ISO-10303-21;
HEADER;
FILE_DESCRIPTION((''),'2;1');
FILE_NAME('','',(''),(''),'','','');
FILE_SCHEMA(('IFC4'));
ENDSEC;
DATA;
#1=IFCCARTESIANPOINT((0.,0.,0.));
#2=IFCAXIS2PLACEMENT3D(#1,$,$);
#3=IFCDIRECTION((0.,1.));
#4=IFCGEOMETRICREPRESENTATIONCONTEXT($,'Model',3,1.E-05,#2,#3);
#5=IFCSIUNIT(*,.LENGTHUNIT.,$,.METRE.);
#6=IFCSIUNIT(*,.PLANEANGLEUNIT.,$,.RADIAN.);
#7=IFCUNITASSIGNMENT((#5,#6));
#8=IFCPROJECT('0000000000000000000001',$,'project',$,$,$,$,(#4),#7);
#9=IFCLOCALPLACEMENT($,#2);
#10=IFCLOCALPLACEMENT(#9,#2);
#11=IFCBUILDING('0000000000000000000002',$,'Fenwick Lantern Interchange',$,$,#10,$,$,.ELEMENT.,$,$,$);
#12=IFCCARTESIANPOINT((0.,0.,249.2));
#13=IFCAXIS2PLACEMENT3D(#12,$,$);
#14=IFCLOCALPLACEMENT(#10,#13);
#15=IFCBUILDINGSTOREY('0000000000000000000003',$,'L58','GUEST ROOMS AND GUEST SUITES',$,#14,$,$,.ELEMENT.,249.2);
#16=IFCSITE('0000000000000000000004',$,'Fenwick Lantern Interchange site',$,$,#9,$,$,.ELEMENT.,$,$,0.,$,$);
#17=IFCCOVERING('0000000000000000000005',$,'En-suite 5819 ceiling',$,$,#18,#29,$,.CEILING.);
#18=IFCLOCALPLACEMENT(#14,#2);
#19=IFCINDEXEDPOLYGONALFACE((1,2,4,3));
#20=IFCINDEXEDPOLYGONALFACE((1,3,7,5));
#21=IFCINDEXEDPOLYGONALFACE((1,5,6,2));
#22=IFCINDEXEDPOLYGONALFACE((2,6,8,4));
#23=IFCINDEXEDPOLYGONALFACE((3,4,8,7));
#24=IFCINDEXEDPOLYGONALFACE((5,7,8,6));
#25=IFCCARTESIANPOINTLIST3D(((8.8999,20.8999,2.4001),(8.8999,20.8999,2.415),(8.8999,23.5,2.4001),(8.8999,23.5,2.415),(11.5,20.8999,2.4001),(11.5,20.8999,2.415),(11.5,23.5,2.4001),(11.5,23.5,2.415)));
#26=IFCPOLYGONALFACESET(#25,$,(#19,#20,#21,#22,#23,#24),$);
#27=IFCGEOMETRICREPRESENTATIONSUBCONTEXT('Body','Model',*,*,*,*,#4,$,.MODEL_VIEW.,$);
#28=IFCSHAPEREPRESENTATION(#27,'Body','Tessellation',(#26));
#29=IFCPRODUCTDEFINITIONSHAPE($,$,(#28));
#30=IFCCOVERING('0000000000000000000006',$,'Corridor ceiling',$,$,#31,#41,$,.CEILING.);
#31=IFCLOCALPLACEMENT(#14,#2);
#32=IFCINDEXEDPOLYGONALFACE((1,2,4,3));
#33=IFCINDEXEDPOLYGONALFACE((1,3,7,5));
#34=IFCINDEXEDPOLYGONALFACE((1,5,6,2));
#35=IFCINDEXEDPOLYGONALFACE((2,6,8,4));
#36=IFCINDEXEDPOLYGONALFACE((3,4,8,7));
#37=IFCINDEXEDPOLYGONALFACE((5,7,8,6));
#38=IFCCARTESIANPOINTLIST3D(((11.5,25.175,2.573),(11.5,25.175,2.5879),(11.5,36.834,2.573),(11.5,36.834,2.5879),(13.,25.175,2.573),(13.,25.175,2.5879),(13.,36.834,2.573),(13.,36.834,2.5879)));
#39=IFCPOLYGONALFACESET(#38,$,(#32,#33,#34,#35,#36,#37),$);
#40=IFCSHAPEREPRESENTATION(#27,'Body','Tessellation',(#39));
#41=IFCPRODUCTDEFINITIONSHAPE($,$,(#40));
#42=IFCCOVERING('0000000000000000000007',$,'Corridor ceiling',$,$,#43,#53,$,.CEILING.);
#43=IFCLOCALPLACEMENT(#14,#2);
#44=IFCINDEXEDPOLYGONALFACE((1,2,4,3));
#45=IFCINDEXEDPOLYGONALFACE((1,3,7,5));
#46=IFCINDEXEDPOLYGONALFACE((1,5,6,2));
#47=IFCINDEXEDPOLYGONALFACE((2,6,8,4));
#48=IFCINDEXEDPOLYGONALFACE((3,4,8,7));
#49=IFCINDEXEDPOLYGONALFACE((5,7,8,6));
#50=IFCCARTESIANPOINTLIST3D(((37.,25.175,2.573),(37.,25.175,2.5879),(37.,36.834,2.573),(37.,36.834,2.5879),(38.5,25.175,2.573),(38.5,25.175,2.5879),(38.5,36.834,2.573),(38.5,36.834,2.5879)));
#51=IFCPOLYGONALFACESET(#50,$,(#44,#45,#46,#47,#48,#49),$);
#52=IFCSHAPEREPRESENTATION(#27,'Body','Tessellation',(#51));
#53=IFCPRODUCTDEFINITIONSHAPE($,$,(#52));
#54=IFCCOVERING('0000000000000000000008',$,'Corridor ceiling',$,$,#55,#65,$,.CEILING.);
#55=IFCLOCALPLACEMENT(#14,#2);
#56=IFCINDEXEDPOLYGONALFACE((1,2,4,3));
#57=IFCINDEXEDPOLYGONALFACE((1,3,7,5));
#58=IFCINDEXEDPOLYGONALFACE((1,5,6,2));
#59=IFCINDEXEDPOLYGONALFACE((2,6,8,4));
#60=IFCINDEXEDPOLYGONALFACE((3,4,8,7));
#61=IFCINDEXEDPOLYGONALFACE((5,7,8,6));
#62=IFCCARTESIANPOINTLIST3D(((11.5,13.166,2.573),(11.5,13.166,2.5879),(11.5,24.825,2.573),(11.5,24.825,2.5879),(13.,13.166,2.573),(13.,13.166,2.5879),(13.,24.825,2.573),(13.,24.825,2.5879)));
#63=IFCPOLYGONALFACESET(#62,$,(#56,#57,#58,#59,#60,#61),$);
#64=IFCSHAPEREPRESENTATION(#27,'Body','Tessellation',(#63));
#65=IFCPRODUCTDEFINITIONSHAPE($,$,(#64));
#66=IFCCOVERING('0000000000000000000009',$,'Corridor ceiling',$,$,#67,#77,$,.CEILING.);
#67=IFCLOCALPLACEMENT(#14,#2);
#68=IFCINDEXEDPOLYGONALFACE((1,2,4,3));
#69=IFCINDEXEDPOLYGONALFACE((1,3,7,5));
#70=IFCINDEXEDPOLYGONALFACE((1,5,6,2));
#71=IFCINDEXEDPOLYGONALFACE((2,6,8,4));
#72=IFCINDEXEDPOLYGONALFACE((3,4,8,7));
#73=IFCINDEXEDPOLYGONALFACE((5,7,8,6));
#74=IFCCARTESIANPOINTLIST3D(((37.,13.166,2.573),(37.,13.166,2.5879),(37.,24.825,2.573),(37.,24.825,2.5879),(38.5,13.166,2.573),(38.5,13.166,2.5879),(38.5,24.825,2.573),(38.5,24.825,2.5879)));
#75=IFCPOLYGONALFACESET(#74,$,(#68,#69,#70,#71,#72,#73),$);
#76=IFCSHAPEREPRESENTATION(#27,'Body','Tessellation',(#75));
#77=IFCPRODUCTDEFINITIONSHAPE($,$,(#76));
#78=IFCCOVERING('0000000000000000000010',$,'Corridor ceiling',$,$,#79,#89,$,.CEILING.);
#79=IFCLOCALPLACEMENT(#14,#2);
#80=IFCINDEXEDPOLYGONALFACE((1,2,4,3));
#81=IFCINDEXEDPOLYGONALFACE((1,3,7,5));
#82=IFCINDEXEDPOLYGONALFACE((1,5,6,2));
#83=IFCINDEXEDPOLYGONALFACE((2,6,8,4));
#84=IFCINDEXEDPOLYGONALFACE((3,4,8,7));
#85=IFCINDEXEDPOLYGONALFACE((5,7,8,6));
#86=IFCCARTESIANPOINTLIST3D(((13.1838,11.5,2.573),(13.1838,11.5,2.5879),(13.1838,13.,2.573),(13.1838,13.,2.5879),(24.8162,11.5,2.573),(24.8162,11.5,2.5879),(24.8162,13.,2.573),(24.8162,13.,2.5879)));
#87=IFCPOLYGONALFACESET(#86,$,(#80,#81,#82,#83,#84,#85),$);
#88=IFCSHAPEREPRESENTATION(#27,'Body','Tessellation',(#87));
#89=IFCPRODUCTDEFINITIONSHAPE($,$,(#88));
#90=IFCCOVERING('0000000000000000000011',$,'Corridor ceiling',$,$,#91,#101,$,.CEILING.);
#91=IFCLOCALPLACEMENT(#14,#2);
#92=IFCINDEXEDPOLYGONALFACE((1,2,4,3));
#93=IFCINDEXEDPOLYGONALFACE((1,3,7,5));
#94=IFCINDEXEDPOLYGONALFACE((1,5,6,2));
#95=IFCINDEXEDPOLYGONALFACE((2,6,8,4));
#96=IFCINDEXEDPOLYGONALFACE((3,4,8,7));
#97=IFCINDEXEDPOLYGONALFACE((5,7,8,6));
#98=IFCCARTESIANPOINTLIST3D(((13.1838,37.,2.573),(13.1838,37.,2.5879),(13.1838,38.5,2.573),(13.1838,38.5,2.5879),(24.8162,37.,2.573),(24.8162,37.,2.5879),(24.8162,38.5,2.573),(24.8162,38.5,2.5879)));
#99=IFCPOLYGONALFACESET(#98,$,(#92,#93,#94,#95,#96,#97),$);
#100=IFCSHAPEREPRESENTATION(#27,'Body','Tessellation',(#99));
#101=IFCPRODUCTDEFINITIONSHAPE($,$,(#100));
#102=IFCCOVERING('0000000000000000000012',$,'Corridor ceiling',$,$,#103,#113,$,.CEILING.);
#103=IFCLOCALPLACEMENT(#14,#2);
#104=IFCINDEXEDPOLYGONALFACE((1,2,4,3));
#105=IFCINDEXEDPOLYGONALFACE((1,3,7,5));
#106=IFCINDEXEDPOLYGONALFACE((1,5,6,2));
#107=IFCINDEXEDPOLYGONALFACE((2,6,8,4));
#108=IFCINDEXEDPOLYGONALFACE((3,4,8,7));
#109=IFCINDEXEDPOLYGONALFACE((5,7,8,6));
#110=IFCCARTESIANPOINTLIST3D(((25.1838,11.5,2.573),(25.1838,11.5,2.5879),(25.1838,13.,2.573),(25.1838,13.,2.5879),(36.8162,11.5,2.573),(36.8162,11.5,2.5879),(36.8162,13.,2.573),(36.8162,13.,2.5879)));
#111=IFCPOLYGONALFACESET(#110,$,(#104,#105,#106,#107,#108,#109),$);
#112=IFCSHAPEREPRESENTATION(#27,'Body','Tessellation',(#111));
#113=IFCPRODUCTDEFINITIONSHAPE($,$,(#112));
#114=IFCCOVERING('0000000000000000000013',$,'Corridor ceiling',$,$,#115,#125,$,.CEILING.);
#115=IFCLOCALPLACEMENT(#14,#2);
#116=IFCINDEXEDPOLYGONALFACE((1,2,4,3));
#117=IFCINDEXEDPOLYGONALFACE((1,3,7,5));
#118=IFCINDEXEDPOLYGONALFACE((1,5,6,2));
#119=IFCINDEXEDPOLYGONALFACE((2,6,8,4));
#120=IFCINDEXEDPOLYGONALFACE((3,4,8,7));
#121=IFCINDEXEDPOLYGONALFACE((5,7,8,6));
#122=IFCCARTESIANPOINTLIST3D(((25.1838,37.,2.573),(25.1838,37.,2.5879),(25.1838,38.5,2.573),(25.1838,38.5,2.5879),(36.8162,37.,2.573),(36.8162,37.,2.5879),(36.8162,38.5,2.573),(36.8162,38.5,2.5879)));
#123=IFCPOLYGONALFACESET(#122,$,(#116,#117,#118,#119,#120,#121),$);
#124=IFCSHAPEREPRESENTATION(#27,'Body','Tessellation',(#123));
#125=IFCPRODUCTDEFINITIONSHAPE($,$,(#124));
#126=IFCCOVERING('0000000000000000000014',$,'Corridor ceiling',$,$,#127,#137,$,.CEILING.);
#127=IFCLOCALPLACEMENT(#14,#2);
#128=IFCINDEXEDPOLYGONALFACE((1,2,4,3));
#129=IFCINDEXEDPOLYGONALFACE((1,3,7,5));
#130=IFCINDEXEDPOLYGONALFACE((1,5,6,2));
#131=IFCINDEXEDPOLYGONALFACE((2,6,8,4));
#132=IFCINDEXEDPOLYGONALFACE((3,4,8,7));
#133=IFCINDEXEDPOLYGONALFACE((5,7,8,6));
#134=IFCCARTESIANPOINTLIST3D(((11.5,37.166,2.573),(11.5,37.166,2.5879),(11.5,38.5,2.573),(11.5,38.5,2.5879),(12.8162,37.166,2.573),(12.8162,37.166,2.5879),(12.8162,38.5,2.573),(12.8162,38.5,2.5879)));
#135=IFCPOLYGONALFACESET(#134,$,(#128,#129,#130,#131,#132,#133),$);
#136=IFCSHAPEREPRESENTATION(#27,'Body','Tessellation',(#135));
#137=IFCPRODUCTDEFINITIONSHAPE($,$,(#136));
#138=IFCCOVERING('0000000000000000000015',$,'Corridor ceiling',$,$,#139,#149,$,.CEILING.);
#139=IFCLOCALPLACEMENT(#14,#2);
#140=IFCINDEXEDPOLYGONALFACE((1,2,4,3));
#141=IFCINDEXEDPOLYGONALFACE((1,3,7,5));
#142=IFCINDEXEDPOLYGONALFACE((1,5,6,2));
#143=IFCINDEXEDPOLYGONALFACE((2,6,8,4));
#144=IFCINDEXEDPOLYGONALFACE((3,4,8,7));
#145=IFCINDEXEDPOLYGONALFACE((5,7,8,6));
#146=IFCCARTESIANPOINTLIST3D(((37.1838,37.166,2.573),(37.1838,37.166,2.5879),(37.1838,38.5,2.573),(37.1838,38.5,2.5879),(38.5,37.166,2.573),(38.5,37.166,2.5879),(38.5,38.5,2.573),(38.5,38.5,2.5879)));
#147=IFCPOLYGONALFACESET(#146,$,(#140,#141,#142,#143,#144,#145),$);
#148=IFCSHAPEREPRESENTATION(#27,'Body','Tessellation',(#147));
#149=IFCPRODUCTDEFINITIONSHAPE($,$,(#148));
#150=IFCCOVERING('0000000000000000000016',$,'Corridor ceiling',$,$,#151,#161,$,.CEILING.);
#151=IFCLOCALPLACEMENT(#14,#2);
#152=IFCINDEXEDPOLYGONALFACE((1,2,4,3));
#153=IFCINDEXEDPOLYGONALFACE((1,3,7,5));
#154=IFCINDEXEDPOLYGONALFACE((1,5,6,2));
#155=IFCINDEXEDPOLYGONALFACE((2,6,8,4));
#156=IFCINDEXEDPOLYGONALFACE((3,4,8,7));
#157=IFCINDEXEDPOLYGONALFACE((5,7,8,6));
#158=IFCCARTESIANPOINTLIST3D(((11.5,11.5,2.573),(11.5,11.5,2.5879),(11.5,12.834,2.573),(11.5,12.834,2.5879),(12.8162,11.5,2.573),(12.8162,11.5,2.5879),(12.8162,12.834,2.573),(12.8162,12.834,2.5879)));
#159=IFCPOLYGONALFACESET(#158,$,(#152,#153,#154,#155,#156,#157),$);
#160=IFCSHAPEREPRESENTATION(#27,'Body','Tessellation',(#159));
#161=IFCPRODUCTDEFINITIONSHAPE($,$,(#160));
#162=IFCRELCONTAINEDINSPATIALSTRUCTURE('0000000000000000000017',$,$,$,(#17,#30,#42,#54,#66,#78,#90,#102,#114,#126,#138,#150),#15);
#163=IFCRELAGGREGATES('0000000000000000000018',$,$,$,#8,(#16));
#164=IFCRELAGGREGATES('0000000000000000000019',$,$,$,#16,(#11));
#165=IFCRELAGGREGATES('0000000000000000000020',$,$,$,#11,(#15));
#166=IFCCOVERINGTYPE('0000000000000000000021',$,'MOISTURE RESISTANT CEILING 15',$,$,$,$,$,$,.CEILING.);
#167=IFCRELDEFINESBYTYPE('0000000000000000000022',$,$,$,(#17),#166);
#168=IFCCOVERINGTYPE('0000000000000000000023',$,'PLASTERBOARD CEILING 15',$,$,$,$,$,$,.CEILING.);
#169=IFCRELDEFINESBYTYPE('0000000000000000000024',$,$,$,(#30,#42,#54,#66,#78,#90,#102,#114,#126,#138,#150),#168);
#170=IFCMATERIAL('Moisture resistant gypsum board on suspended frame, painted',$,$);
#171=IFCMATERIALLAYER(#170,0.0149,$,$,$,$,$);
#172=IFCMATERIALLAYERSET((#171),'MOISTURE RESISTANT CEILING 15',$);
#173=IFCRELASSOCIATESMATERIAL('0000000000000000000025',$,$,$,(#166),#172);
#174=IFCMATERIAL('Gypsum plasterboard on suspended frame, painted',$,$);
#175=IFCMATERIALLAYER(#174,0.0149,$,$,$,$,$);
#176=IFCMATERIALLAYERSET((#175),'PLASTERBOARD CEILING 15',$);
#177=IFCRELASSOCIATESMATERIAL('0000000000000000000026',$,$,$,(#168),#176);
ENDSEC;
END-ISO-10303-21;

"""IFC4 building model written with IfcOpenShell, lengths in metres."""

from ifc_helpers import new_model, si_unit, direction, frame, origin, place, context, subcontext, project, spatial, polyline, outline, extrude, material, layer, layer_set, type_object, element, save


model = new_model("IFC4")

# Units and contexts
model_context = context("Model", 3, precision=1e-05, world=origin(), true_north=direction((0.0, 1.0)))
body_context = subcontext(model_context, "Body", "Model", "MODEL_VIEW")
ifc_project = project(units=[si_unit("LENGTHUNIT", "METRE"), si_unit("PLANEANGLEUNIT", "RADIAN")], contexts=[model_context])

# Site, building, storey
site_placement = place(None, origin())
site = spatial("IfcSite", under=ifc_project, at=site_placement, Name="Fenwick Lantern Interchange site", CompositionType="ELEMENT", RefElevation=0.0)
building_placement = place(site_placement, origin())
building = spatial("IfcBuilding", under=site, at=building_placement, Name="Fenwick Lantern Interchange", CompositionType="ELEMENT")
storey_placement = place(building_placement, frame((0.0, 0.0, 249.2)))
storey = spatial("IfcBuildingStorey", under=building, at=storey_placement, Name="L58", Description="GUEST ROOMS AND GUEST SUITES", CompositionType="ELEMENT", Elevation=249.2)

# Coverings
ifc_material_1 = material(Name="Moisture resistant gypsum board on suspended frame, painted")
ifc_layer_1 = layer(ifc_material_1, 0.0149)
ifc_layer_set_1 = layer_set([ifc_layer_1], Name="MOISTURE RESISTANT CEILING 15")
covering_type_1 = type_object("IfcCoveringType", Name="MOISTURE RESISTANT CEILING 15", PredefinedType="CEILING", material=ifc_layer_set_1)
covering_1_placement = place(storey_placement, frame((0.0, 0.0, 2.4001)))
element("IfcCovering", 1, at=covering_1_placement, inside=storey, type_object=covering_type_1, Name="En-suite 5819 ceiling", PredefinedType="CEILING", context=body_context, shape_type="SweptSolid", body=[
    extrude(outline(polyline([(8.8999, 23.5), (8.8999, 20.8999), (11.5, 20.8999), (11.5, 23.5), (8.8999, 23.5)])), origin(), (0.0, 0.0, 1.0), 0.0149),
])
ifc_material_2 = material(Name="Gypsum plasterboard on suspended frame, painted")
ifc_layer_2 = layer(ifc_material_2, 0.0149)
ifc_layer_set_2 = layer_set([ifc_layer_2], Name="PLASTERBOARD CEILING 15")
covering_type_2 = type_object("IfcCoveringType", Name="PLASTERBOARD CEILING 15", PredefinedType="CEILING", material=ifc_layer_set_2)
covering_2_placement = place(storey_placement, frame((0.0, 0.0, 2.573)))
element("IfcCovering", 2, at=covering_2_placement, inside=storey, type_object=covering_type_2, Name="Corridor ceiling", PredefinedType="CEILING", context=body_context, shape_type="SweptSolid", body=[
    extrude(outline(polyline([(11.5, 36.834), (11.5, 25.175), (13.0, 25.175), (13.0, 36.834), (11.5, 36.834)])), origin(), (0.0, 0.0, 1.0), 0.0149),
])
covering_3_placement = place(storey_placement, frame((0.0, 0.0, 2.573)))
element("IfcCovering", 3, at=covering_3_placement, inside=storey, type_object=covering_type_2, Name="Corridor ceiling", PredefinedType="CEILING", context=body_context, shape_type="SweptSolid", body=[
    extrude(outline(polyline([(38.5, 25.175), (38.5, 36.834), (37.0, 36.834), (37.0, 25.175), (38.5, 25.175)])), origin(), (0.0, 0.0, 1.0), 0.0149),
])
covering_4_placement = place(storey_placement, frame((0.0, 0.0, 2.573)))
element("IfcCovering", 4, at=covering_4_placement, inside=storey, type_object=covering_type_2, Name="Corridor ceiling", PredefinedType="CEILING", context=body_context, shape_type="SweptSolid", body=[
    extrude(outline(polyline([(11.5, 24.825), (11.5, 13.166), (13.0, 13.166), (13.0, 24.825), (11.5, 24.825)])), origin(), (0.0, 0.0, 1.0), 0.0149),
])
covering_5_placement = place(storey_placement, frame((0.0, 0.0, 2.573)))
element("IfcCovering", 5, at=covering_5_placement, inside=storey, type_object=covering_type_2, Name="Corridor ceiling", PredefinedType="CEILING", context=body_context, shape_type="SweptSolid", body=[
    extrude(outline(polyline([(38.5, 13.166), (38.5, 24.825), (37.0, 24.825), (37.0, 13.166), (38.5, 13.166)])), origin(), (0.0, 0.0, 1.0), 0.0149),
])
covering_6_placement = place(storey_placement, frame((0.0, 0.0, 2.573)))
element("IfcCovering", 6, at=covering_6_placement, inside=storey, type_object=covering_type_2, Name="Corridor ceiling", PredefinedType="CEILING", context=body_context, shape_type="SweptSolid", body=[
    extrude(outline(polyline([(13.1838, 11.5), (24.8162, 11.5), (24.8162, 13.0), (13.1838, 13.0), (13.1838, 11.5)])), origin(), (0.0, 0.0, 1.0), 0.0149),
])
covering_7_placement = place(storey_placement, frame((0.0, 0.0, 2.573)))
element("IfcCovering", 7, at=covering_7_placement, inside=storey, type_object=covering_type_2, Name="Corridor ceiling", PredefinedType="CEILING", context=body_context, shape_type="SweptSolid", body=[
    extrude(outline(polyline([(24.8162, 38.5), (13.1838, 38.5), (13.1838, 37.0), (24.8162, 37.0), (24.8162, 38.5)])), origin(), (0.0, 0.0, 1.0), 0.0149),
])
covering_8_placement = place(storey_placement, frame((0.0, 0.0, 2.573)))
element("IfcCovering", 8, at=covering_8_placement, inside=storey, type_object=covering_type_2, Name="Corridor ceiling", PredefinedType="CEILING", context=body_context, shape_type="SweptSolid", body=[
    extrude(outline(polyline([(25.1838, 11.5), (36.8162, 11.5), (36.8162, 13.0), (25.1838, 13.0), (25.1838, 11.5)])), origin(), (0.0, 0.0, 1.0), 0.0149),
])
covering_9_placement = place(storey_placement, frame((0.0, 0.0, 2.573)))
element("IfcCovering", 9, at=covering_9_placement, inside=storey, type_object=covering_type_2, Name="Corridor ceiling", PredefinedType="CEILING", context=body_context, shape_type="SweptSolid", body=[
    extrude(outline(polyline([(36.8162, 38.5), (25.1838, 38.5), (25.1838, 37.0), (36.8162, 37.0), (36.8162, 38.5)])), origin(), (0.0, 0.0, 1.0), 0.0149),
])
covering_10_placement = place(storey_placement, frame((0.0, 0.0, 2.573)))
element("IfcCovering", 10, at=covering_10_placement, inside=storey, type_object=covering_type_2, Name="Corridor ceiling", PredefinedType="CEILING", context=body_context, shape_type="SweptSolid", body=[
    extrude(outline(polyline([(12.8162, 38.5), (11.5, 38.5), (11.5, 37.166), (12.8162, 37.166), (12.8162, 38.5)])), origin(), (0.0, 0.0, 1.0), 0.0149),
])
covering_11_placement = place(storey_placement, frame((0.0, 0.0, 2.573)))
element("IfcCovering", 11, at=covering_11_placement, inside=storey, type_object=covering_type_2, Name="Corridor ceiling", PredefinedType="CEILING", context=body_context, shape_type="SweptSolid", body=[
    extrude(outline(polyline([(38.5, 38.5), (37.1838, 38.5), (37.1838, 37.166), (38.5, 37.166), (38.5, 38.5)])), origin(), (0.0, 0.0, 1.0), 0.0149),
])
covering_12_placement = place(storey_placement, frame((0.0, 0.0, 2.573)))
element("IfcCovering", 12, at=covering_12_placement, inside=storey, type_object=covering_type_2, Name="Corridor ceiling", PredefinedType="CEILING", context=body_context, shape_type="SweptSolid", body=[
    extrude(outline(polyline([(11.5, 11.5), (12.8162, 11.5), (12.8162, 12.834), (11.5, 12.834), (11.5, 11.5)])), origin(), (0.0, 0.0, 1.0), 0.0149),
])

save(model, "model.ifc")
